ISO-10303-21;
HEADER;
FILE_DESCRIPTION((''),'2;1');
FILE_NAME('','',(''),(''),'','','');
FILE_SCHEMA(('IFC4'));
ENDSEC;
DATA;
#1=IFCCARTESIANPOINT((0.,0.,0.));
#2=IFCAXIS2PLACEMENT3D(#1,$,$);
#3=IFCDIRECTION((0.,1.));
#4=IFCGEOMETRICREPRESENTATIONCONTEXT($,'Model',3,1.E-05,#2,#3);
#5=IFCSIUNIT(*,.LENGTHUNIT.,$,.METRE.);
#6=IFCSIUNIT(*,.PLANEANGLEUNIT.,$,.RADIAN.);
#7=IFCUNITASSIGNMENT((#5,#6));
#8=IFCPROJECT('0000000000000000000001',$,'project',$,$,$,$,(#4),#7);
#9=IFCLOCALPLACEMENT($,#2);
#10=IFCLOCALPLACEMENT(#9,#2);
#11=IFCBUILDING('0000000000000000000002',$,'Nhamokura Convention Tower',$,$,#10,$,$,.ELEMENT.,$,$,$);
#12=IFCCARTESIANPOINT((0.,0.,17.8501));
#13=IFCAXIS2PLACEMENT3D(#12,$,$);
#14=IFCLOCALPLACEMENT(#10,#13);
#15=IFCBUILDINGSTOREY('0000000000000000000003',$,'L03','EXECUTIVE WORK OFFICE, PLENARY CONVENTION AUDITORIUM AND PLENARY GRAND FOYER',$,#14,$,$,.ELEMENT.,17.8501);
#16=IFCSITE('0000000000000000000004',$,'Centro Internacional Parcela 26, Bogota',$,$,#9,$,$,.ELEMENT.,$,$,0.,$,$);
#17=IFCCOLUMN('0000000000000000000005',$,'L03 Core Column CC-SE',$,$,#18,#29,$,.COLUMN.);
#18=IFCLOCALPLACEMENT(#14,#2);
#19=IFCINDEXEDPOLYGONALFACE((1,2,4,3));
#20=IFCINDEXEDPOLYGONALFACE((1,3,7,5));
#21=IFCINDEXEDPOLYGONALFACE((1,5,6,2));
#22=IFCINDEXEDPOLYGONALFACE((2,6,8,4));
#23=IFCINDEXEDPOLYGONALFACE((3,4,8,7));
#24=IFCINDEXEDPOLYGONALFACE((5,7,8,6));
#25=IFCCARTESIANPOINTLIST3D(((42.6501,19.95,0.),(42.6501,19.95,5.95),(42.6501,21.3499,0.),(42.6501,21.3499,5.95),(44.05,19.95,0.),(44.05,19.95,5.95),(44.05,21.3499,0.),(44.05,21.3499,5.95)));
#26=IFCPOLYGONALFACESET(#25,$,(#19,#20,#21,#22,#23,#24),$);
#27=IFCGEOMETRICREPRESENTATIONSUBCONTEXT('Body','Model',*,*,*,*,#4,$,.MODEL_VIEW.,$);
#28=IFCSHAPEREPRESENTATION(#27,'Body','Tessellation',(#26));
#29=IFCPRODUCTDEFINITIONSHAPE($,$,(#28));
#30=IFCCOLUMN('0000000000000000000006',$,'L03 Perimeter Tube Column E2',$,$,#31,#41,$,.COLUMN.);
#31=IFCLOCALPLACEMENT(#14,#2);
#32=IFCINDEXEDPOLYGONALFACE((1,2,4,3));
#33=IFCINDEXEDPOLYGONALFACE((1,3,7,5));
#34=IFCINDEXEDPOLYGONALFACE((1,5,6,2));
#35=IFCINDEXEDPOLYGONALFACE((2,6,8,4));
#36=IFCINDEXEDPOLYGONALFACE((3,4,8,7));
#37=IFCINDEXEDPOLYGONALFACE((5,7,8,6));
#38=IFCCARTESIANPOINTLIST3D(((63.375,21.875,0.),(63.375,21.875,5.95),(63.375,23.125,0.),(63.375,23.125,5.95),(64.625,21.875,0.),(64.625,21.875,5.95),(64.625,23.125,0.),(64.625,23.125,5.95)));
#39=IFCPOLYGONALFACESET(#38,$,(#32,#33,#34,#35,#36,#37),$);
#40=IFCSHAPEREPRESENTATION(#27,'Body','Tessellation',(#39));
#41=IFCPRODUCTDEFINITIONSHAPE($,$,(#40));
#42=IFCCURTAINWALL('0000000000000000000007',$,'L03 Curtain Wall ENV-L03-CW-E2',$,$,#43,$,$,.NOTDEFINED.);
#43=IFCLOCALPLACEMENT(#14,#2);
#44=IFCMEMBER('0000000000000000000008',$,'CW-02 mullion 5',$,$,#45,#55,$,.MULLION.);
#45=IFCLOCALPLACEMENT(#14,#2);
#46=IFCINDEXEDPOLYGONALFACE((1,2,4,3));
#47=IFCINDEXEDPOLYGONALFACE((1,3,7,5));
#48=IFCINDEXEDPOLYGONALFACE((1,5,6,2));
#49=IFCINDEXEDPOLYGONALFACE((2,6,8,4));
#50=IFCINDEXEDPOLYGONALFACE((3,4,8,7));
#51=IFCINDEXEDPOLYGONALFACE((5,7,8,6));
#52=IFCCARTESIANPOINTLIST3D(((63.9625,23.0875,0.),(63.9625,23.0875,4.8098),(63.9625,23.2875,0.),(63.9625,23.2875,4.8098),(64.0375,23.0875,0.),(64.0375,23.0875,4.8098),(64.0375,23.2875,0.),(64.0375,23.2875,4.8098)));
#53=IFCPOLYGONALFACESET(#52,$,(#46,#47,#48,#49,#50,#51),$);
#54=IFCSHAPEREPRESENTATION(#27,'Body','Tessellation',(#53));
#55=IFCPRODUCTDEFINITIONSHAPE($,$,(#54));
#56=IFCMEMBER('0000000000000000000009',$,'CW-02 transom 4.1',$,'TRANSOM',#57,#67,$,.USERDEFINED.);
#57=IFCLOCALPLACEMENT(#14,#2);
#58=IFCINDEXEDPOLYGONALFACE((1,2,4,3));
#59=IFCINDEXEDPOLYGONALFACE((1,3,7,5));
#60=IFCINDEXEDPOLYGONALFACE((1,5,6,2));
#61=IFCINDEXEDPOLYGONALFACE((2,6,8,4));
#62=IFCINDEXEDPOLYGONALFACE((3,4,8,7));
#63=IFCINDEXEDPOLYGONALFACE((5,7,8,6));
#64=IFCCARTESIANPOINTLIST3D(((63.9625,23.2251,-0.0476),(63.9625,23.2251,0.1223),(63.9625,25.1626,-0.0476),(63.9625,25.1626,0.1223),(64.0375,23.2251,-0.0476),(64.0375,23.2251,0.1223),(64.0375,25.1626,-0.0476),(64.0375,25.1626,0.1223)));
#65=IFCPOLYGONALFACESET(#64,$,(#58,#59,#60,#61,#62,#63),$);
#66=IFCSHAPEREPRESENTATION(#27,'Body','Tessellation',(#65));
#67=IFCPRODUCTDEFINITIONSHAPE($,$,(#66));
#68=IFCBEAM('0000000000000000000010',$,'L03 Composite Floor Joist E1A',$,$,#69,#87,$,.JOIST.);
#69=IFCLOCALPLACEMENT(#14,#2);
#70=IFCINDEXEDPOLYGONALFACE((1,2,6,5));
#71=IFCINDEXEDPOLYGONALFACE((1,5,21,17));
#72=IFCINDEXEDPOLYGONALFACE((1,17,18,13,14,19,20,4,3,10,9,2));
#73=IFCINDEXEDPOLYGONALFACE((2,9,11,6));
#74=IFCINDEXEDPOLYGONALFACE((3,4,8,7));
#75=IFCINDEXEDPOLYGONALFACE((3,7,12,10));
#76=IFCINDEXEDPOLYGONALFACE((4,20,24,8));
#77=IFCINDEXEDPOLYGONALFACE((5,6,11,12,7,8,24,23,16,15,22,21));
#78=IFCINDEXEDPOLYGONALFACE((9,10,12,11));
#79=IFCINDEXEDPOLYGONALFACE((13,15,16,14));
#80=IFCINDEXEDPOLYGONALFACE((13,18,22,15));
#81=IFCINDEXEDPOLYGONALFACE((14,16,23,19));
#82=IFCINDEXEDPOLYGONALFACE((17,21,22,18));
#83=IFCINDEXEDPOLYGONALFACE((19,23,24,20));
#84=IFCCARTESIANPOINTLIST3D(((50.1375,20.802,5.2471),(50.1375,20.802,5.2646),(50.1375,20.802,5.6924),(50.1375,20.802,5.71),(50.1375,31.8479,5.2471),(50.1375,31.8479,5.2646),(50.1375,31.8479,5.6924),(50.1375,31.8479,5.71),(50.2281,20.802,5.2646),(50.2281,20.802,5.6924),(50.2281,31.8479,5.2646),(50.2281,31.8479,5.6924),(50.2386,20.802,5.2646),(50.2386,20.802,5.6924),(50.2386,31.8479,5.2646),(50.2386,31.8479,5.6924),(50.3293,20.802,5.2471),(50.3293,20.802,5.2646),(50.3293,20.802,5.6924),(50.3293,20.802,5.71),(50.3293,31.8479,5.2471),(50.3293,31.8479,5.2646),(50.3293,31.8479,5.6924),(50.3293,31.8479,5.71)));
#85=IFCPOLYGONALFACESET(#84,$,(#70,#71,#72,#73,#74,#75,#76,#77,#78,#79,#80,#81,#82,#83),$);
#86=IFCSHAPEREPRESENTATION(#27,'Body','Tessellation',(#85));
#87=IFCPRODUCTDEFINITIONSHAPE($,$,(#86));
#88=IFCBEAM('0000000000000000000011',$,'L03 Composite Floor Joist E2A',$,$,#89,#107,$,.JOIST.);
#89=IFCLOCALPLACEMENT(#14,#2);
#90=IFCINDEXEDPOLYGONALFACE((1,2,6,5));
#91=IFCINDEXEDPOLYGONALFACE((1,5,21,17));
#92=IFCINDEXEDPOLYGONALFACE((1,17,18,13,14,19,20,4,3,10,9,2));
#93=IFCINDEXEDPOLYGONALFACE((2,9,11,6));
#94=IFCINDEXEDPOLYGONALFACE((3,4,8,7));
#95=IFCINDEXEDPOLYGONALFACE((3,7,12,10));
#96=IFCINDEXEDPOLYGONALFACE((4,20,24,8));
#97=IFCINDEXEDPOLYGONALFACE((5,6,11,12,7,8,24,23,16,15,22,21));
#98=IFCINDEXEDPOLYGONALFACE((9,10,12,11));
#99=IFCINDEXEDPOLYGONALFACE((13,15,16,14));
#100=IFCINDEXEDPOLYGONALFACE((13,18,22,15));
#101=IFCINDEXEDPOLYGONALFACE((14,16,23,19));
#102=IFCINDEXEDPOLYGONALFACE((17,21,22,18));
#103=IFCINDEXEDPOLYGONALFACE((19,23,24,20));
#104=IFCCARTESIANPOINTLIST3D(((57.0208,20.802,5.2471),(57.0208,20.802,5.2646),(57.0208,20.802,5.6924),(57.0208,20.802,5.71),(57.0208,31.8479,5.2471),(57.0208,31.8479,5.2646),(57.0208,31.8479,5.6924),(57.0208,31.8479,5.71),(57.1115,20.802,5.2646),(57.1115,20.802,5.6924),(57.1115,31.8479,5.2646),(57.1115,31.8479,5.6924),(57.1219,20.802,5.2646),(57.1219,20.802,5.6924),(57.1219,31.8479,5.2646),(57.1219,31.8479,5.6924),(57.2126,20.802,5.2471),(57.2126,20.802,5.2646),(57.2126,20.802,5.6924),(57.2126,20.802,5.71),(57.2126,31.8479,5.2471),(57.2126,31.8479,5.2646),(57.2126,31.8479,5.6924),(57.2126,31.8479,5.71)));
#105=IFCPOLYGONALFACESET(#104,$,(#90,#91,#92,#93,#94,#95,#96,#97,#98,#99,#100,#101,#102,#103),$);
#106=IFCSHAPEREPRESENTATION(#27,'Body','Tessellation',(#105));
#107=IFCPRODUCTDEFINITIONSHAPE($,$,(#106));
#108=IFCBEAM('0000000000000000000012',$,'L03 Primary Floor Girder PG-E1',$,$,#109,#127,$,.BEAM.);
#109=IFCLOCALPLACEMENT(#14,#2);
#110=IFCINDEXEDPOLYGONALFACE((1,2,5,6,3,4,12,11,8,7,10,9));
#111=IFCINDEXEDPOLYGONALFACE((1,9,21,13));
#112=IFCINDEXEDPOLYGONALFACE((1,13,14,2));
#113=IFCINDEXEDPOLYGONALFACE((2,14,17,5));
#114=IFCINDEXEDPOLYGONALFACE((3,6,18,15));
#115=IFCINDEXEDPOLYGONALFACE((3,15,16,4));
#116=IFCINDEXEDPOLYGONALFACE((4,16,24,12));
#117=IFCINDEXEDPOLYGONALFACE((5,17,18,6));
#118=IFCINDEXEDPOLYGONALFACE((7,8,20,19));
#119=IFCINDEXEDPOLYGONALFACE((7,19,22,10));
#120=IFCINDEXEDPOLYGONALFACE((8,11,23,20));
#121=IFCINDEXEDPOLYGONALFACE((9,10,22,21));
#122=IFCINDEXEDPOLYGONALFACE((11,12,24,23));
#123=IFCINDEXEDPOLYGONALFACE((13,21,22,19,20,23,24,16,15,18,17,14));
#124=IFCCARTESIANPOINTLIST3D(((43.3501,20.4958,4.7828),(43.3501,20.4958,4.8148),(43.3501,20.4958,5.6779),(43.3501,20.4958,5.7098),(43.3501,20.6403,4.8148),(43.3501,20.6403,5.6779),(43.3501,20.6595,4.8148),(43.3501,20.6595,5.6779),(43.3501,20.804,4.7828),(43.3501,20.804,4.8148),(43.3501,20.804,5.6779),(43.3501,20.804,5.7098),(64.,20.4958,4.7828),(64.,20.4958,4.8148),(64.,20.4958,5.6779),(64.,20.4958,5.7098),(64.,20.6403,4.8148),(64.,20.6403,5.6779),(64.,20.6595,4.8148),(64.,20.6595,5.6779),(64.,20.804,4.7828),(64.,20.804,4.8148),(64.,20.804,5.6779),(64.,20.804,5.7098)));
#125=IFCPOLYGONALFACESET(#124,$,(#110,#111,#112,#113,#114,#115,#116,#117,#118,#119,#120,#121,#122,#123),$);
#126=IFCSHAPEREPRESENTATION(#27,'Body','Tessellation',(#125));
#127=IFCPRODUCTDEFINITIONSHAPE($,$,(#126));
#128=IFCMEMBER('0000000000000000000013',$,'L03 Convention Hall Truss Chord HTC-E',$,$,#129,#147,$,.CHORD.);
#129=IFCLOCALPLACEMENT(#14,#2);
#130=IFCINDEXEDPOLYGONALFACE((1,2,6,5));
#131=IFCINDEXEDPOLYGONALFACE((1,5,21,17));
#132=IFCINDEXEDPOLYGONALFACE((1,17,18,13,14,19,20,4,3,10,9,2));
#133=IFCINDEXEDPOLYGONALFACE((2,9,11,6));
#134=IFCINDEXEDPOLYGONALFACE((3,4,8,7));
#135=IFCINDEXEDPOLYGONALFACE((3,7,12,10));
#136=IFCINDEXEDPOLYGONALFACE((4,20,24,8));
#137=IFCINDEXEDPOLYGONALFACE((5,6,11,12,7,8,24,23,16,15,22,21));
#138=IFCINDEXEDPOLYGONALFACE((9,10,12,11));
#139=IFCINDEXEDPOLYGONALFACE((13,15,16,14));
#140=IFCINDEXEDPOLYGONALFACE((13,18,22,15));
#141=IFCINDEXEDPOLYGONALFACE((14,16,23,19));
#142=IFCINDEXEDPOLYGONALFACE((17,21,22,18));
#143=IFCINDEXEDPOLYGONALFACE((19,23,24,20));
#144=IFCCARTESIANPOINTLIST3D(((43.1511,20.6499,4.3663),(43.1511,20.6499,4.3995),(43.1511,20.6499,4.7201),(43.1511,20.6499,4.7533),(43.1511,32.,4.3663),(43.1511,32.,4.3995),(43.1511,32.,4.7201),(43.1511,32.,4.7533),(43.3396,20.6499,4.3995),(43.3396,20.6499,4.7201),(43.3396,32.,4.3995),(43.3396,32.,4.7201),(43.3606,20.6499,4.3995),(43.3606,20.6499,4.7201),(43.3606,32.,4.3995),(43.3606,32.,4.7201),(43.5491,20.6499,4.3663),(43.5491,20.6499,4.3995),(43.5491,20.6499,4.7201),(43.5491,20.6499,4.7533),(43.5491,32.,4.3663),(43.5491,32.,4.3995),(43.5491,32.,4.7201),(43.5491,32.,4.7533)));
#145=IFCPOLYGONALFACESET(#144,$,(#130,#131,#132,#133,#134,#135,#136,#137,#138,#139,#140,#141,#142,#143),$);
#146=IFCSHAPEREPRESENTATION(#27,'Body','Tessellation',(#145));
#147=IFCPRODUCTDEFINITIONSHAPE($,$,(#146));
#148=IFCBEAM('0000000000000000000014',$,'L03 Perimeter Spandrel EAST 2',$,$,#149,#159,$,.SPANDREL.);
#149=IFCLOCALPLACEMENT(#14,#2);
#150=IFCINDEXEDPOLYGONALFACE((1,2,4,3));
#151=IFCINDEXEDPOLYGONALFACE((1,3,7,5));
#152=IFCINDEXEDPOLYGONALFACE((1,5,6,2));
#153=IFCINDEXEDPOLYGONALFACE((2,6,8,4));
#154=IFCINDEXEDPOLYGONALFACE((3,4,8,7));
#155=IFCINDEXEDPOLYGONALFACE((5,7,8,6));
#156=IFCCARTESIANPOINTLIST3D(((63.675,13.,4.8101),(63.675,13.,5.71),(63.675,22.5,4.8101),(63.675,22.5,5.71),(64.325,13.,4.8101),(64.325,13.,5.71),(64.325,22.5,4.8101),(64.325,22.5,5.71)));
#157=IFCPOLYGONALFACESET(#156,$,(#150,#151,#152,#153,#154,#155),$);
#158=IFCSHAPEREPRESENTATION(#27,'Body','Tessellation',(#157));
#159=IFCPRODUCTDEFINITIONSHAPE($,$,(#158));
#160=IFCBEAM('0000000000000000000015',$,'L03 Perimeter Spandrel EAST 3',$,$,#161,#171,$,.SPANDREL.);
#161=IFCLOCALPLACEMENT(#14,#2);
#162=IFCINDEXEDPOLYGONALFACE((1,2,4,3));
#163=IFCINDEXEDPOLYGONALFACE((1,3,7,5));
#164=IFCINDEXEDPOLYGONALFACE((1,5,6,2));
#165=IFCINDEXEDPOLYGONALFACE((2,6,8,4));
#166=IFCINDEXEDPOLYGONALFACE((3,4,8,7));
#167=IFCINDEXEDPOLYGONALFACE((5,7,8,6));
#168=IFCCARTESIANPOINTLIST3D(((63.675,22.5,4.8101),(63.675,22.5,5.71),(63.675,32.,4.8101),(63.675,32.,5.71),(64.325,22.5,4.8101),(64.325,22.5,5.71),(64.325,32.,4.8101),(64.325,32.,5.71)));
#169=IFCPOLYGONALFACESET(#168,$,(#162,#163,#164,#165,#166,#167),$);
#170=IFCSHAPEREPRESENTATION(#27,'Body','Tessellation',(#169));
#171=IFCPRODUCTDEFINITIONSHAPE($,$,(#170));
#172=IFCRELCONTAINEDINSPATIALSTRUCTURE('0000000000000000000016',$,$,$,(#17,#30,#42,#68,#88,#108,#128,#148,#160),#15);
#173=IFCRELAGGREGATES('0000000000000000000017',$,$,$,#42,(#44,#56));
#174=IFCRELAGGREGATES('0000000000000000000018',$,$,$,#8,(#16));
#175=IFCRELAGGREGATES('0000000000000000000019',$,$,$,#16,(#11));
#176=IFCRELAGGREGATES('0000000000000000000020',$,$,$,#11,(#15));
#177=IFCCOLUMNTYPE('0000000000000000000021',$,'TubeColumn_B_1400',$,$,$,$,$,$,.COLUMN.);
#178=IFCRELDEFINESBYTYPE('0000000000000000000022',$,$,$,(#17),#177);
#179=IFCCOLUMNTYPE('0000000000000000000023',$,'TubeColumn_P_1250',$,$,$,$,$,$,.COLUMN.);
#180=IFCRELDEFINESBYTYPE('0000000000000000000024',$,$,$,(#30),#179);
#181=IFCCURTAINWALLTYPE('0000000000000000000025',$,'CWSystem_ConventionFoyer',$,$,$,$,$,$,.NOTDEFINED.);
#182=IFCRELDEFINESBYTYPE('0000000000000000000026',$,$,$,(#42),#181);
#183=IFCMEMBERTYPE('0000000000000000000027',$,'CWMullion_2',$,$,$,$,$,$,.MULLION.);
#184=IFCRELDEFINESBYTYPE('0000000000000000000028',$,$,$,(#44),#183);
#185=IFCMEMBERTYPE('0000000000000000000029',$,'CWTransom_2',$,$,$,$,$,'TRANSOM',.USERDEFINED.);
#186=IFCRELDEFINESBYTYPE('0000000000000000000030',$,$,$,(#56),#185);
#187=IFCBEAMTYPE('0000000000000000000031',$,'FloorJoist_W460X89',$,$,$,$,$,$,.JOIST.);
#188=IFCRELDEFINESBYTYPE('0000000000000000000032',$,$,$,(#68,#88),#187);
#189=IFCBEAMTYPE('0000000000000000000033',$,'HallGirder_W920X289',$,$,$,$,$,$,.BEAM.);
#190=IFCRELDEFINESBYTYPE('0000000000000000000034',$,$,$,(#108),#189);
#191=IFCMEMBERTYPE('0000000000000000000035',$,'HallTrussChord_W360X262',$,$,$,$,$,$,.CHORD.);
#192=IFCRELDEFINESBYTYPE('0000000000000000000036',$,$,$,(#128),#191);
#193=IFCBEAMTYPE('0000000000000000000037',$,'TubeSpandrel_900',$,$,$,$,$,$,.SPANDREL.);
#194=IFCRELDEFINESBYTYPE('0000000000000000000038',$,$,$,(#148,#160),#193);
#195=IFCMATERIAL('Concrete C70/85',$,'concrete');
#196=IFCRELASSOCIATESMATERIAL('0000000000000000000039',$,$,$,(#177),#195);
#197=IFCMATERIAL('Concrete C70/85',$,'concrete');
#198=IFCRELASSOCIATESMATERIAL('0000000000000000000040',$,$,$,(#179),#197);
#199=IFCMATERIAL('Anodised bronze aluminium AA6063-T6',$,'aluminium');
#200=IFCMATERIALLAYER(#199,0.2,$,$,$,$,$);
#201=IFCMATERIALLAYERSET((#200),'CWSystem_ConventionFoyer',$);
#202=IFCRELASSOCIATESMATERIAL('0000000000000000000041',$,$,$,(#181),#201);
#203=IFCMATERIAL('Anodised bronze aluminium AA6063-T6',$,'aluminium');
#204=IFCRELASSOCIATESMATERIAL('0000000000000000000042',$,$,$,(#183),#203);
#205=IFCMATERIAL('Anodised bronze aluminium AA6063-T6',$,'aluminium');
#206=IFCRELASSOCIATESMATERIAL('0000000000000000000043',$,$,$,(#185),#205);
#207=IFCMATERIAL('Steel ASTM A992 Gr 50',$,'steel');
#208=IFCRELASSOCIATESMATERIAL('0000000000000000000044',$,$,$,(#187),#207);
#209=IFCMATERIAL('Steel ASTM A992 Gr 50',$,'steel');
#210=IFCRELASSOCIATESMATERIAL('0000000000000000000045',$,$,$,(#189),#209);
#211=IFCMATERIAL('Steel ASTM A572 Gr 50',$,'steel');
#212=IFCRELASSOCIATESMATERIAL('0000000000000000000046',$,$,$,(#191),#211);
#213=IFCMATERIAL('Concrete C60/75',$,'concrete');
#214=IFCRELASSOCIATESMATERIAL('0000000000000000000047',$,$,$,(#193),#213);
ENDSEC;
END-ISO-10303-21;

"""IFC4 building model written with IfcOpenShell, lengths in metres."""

from ifc_helpers import new_model, si_unit, direction, frame, origin, origin_2d, place, context, subcontext, project, spatial, rectangle, i_section, extrude, material, layer, layer_set, material_profile, profile_set, type_object, element, aggregate, save


model = new_model("IFC4")

# Units and contexts
model_context = context("Model", 3, precision=1e-05, world=origin(), true_north=direction((0.0, 1.0)))
body_context = subcontext(model_context, "Body", "Model", "MODEL_VIEW")
ifc_project = project(units=[si_unit("LENGTHUNIT", "METRE"), si_unit("PLANEANGLEUNIT", "RADIAN")], contexts=[model_context])

# Site, building, storey
site_placement = place(None, origin())
site = spatial("IfcSite", under=ifc_project, at=site_placement, Name="Centro Internacional Parcela 26, Bogota", CompositionType="ELEMENT", RefElevation=0.0)
building_placement = place(site_placement, origin())
building = spatial("IfcBuilding", under=site, at=building_placement, Name="Nhamokura Convention Tower", CompositionType="ELEMENT")
storey_placement = place(building_placement, frame((0.0, 0.0, 17.8501)))
storey = spatial("IfcBuildingStorey", under=building, at=storey_placement, Name="L03", Description="EXECUTIVE WORK OFFICE, PLENARY CONVENTION AUDITORIUM AND PLENARY GRAND FOYER", CompositionType="ELEMENT", Elevation=17.8501)

# Columns
ifc_material_1 = material(Name="Concrete C70/85", Category="concrete")
ifc_material_profile_1 = material_profile(ifc_material_1, rectangle(XDim=1.3999, YDim=1.3999, at=origin_2d()))
ifc_profile_set_1 = profile_set([ifc_material_profile_1], Name="Concrete C70/85")
column_type_1 = type_object("IfcColumnType", Name="TubeColumn_B_1400", PredefinedType="COLUMN", material=ifc_profile_set_1)
column_1_placement = place(storey_placement, frame((43.3501, 20.6499, 0.0), z_axis=(0.0, 0.0, 1.0), x_axis=(1.0, 0.0, 0.0)))
element("IfcColumn", 1, at=column_1_placement, inside=storey, type_object=column_type_1, Name="L03 Core Column CC-SE", PredefinedType="COLUMN", context=body_context, shape_type="SweptSolid", body=[
    extrude(rectangle(XDim=1.3999, YDim=1.3999, at=origin_2d()), origin(), (0.0, 0.0, 1.0), 5.95),
])
ifc_material_2 = material(Name="Concrete C70/85", Category="concrete")
ifc_material_profile_2 = material_profile(ifc_material_2, rectangle(XDim=1.25, YDim=1.25, at=origin_2d()))
ifc_profile_set_2 = profile_set([ifc_material_profile_2], Name="Concrete C70/85")
column_type_2 = type_object("IfcColumnType", Name="TubeColumn_P_1250", PredefinedType="COLUMN", material=ifc_profile_set_2)
column_2_placement = place(storey_placement, frame((64.0, 22.5, 0.0), z_axis=(0.0, 0.0, 1.0), x_axis=(1.0, 0.0, 0.0)))
element("IfcColumn", 2, at=column_2_placement, inside=storey, type_object=column_type_2, Name="L03 Perimeter Tube Column E2", PredefinedType="COLUMN", context=body_context, shape_type="SweptSolid", body=[
    extrude(rectangle(XDim=1.25, YDim=1.25, at=origin_2d()), origin(), (0.0, 0.0, 1.0), 5.95),
])

# Curtain wall, members
ifc_material_3 = material(Name="Anodised bronze aluminium AA6063-T6", Category="aluminium")
ifc_layer_1 = layer(ifc_material_3, 0.2)
ifc_layer_set_1 = layer_set([ifc_layer_1], Name="CWSystem_ConventionFoyer")
curtain_wall_type = type_object("IfcCurtainWallType", Name="CWSystem_ConventionFoyer", PredefinedType="NOTDEFINED", material=ifc_layer_set_1)
curtain_wall_placement = place(storey_placement, origin())
curtain_wall = element("IfcCurtainWall", 3, at=curtain_wall_placement, inside=storey, type_object=curtain_wall_type, Name="L03 Curtain Wall ENV-L03-CW-E2", PredefinedType="NOTDEFINED")
ifc_material_4 = material(Name="Anodised bronze aluminium AA6063-T6", Category="aluminium")
ifc_material_profile_3 = material_profile(ifc_material_4, rectangle(XDim=0.075, YDim=0.2, at=origin_2d()))
ifc_profile_set_3 = profile_set([ifc_material_profile_3], Name="Anodised bronze aluminium AA6063-T6")
member_type_1 = type_object("IfcMemberType", Name="CWMullion_2", PredefinedType="MULLION", material=ifc_profile_set_3)
member_1_placement = place(storey_placement, frame((64.0, 23.1875, 0.0), z_axis=(0.0, 0.0, 1.0), x_axis=(1.0, 0.0, 0.0)))
member_1 = element("IfcMember", 4, at=member_1_placement, type_object=member_type_1, Name="CW-02 mullion 5", PredefinedType="MULLION", context=body_context, shape_type="SweptSolid", body=[
    extrude(rectangle(XDim=0.075, YDim=0.2, at=origin_2d()), origin(), (0.0, 0.0, 1.0), 4.8098),
])
ifc_material_5 = material(Name="Anodised bronze aluminium AA6063-T6", Category="aluminium")
ifc_material_profile_4 = material_profile(ifc_material_5, rectangle(XDim=0.075, YDim=0.1699, at=origin_2d()))
ifc_profile_set_4 = profile_set([ifc_material_profile_4], Name="Anodised bronze aluminium AA6063-T6")
member_type_2 = type_object("IfcMemberType", Name="CWTransom_2", ElementType="TRANSOM", PredefinedType="USERDEFINED", material=ifc_profile_set_4)
member_2_placement = place(storey_placement, frame((64.0, 25.1626, 0.0374), z_axis=(0.0, -1.0, 0.0), x_axis=(1.0, 0.0, 0.0)))
member_2 = element("IfcMember", 5, at=member_2_placement, type_object=member_type_2, Name="CW-02 transom 4.1", ObjectType="TRANSOM", PredefinedType="USERDEFINED", context=body_context, shape_type="SweptSolid", body=[
    extrude(rectangle(XDim=0.075, YDim=0.1699, at=origin_2d()), origin(), (0.0, 0.0, 1.0), 1.9375),
])

# Beams
ifc_material_6 = material(Name="Steel ASTM A992 Gr 50", Category="steel")
ifc_material_profile_5 = material_profile(ifc_material_6, i_section(OverallWidth=0.1919, OverallDepth=0.4629, WebThickness=0.0105, FlangeThickness=0.0176, at=origin_2d()))
ifc_profile_set_5 = profile_set([ifc_material_profile_5], Name="Steel ASTM A992 Gr 50")
beam_type_1 = type_object("IfcBeamType", Name="FloorJoist_W460X89", PredefinedType="JOIST", material=ifc_profile_set_5)
for number, where, z_axis, x_axis, name in (
    (6, (50.2334, 20.802, 5.4785), (0.0, 1.0, 0.0), (-1.0, 0.0, 0.0), "L03 Composite Floor Joist E1A"),
    (7, (57.1167, 20.802, 5.4785), (0.0, 1.0, 0.0), (-1.0, 0.0, 0.0), "L03 Composite Floor Joist E2A"),
):
    element("IfcBeam", number, at=place(storey_placement, frame(where, z_axis=z_axis, x_axis=x_axis)), inside=storey, type_object=beam_type_1, Name=name, PredefinedType="JOIST", context=body_context, shape_type="SweptSolid", body=[
        extrude(i_section(OverallWidth=0.1919, OverallDepth=0.4629, WebThickness=0.0105, FlangeThickness=0.0176, at=origin_2d()), origin(), (0.0, 0.0, 1.0), 11.0459),
    ])
ifc_material_7 = material(Name="Steel ASTM A992 Gr 50", Category="steel")
ifc_material_profile_6 = material_profile(ifc_material_7, i_section(OverallWidth=0.3081, OverallDepth=0.927, WebThickness=0.0193, FlangeThickness=0.032, at=origin_2d()))
ifc_profile_set_6 = profile_set([ifc_material_profile_6], Name="Steel ASTM A992 Gr 50")
beam_type_2 = type_object("IfcBeamType", Name="HallGirder_W920X289", PredefinedType="BEAM", material=ifc_profile_set_6)
beam_placement = place(storey_placement, frame((43.3501, 20.6499, 5.2463), z_axis=(1.0, 0.0, 0.0), x_axis=(0.0, 1.0, 0.0)))
element("IfcBeam", 8, at=beam_placement, inside=storey, type_object=beam_type_2, Name="L03 Primary Floor Girder PG-E1", PredefinedType="BEAM", context=body_context, shape_type="SweptSolid", body=[
    extrude(i_section(OverallWidth=0.3081, OverallDepth=0.927, WebThickness=0.0193, FlangeThickness=0.032, at=origin_2d()), origin(), (0.0, 0.0, 1.0), 20.6499),
])

# Member
ifc_material_8 = material(Name="Steel ASTM A572 Gr 50", Category="steel")
ifc_material_profile_7 = material_profile(ifc_material_8, i_section(OverallWidth=0.3979, OverallDepth=0.387, WebThickness=0.021, FlangeThickness=0.0332, at=origin_2d()))
ifc_profile_set_7 = profile_set([ifc_material_profile_7], Name="Steel ASTM A572 Gr 50")
member_type_3 = type_object("IfcMemberType", Name="HallTrussChord_W360X262", PredefinedType="CHORD", material=ifc_profile_set_7)
member_3_placement = place(storey_placement, frame((43.3501, 20.6499, 4.5598), z_axis=(0.0, 1.0, 0.0), x_axis=(-1.0, 0.0, 0.0)))
element("IfcMember", 9, at=member_3_placement, inside=storey, type_object=member_type_3, Name="L03 Convention Hall Truss Chord HTC-E", PredefinedType="CHORD", context=body_context, shape_type="SweptSolid", body=[
    extrude(i_section(OverallWidth=0.3979, OverallDepth=0.387, WebThickness=0.021, FlangeThickness=0.0332, at=origin_2d()), origin(), (0.0, 0.0, 1.0), 11.3501),
])

# Beams
ifc_material_9 = material(Name="Concrete C60/75", Category="concrete")
ifc_material_profile_8 = material_profile(ifc_material_9, rectangle(XDim=0.6499, YDim=0.8999, at=origin_2d()))
ifc_profile_set_8 = profile_set([ifc_material_profile_8], Name="Concrete C60/75")
beam_type_3 = type_object("IfcBeamType", Name="TubeSpandrel_900", PredefinedType="SPANDREL", material=ifc_profile_set_8)
for number, where, z_axis, x_axis, name in (
    (10, (64.0, 13.0, 5.26), (0.0, 1.0, 0.0), (-1.0, 0.0, 0.0), "L03 Perimeter Spandrel EAST 2"),
    (11, (64.0, 22.5, 5.26), (0.0, 1.0, 0.0), (-1.0, 0.0, 0.0), "L03 Perimeter Spandrel EAST 3"),
):
    element("IfcBeam", number, at=place(storey_placement, frame(where, z_axis=z_axis, x_axis=x_axis)), inside=storey, type_object=beam_type_3, Name=name, PredefinedType="SPANDREL", context=body_context, shape_type="SweptSolid", body=[
        extrude(rectangle(XDim=0.6499, YDim=0.8999, at=origin_2d()), origin(), (0.0, 0.0, 1.0), 9.5),
    ])

aggregate(curtain_wall, [member_1, member_2])

save(model, "model.ifc")
